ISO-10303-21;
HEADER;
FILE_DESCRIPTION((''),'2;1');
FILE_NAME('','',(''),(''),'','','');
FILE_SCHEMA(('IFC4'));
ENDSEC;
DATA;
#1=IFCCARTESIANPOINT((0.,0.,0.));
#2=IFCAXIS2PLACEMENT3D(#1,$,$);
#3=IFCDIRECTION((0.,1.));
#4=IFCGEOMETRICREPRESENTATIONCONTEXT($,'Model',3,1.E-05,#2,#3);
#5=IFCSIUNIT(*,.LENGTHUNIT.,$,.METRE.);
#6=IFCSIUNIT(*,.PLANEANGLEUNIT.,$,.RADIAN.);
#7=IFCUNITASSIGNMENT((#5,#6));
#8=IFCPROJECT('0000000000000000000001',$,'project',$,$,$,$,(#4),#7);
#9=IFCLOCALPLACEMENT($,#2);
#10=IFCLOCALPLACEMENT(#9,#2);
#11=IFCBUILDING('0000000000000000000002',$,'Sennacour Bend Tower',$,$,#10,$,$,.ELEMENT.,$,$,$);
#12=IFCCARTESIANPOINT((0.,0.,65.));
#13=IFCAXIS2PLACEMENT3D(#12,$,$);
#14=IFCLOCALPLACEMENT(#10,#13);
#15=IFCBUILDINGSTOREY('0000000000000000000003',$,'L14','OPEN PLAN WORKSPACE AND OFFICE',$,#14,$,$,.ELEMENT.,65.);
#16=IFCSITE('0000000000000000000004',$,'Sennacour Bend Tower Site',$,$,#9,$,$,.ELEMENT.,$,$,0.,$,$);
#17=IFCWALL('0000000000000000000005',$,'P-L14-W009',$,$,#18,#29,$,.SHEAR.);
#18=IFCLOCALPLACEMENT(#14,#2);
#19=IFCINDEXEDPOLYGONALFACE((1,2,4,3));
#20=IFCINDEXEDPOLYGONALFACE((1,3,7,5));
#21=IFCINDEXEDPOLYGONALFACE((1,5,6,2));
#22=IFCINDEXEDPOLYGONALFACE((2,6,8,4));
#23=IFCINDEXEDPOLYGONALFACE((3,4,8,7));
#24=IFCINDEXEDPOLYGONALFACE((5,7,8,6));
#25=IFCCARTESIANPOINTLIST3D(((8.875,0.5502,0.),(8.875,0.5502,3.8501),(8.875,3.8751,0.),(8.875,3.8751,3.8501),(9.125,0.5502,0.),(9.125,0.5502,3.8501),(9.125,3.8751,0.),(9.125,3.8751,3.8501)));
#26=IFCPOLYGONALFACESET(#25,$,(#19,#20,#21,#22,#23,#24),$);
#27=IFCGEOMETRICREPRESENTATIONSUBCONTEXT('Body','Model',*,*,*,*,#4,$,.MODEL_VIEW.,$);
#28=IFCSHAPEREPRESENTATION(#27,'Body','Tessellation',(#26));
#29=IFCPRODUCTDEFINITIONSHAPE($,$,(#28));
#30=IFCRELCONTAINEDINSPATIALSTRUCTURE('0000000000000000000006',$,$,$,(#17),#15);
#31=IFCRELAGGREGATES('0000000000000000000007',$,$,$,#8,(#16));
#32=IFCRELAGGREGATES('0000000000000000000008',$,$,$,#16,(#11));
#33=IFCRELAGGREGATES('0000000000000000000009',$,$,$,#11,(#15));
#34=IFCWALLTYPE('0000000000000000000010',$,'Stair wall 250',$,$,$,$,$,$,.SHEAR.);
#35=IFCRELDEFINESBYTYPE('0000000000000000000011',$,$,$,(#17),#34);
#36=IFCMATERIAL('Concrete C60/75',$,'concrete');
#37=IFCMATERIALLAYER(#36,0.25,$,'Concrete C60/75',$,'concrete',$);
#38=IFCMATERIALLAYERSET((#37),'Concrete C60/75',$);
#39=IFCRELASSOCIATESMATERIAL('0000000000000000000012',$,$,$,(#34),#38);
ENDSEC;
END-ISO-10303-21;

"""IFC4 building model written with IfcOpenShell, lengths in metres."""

from ifc_helpers import new_model, si_unit, direction, frame, frame_2d, origin, place, context, subcontext, project, spatial, rectangle, extrude, material, layer, layer_set, type_object, element, save


model = new_model("IFC4")

# Units and contexts
model_context = context("Model", 3, precision=1e-05, world=origin(), true_north=direction((0.0, 1.0)))
body_context = subcontext(model_context, "Body", "Model", "MODEL_VIEW")
ifc_project = project(units=[si_unit("LENGTHUNIT", "METRE"), si_unit("PLANEANGLEUNIT", "RADIAN")], contexts=[model_context])

# Site, building, storey
site_placement = place(None, origin())
site = spatial("IfcSite", under=ifc_project, at=site_placement, Name="Sennacour Bend Tower Site", CompositionType="ELEMENT", RefElevation=0.0)
building_placement = place(site_placement, origin())
building = spatial("IfcBuilding", under=site, at=building_placement, Name="Sennacour Bend Tower", CompositionType="ELEMENT")
storey_placement = place(building_placement, frame((0.0, 0.0, 65.0)))
storey = spatial("IfcBuildingStorey", under=building, at=storey_placement, Name="L14", Description="OPEN PLAN WORKSPACE AND OFFICE", CompositionType="ELEMENT", Elevation=65.0)

# Wall
ifc_material_1 = material(Name="Concrete C60/75", Category="concrete")
ifc_layer_1 = layer(ifc_material_1, 0.25, Name="Concrete C60/75", Category="concrete")
ifc_layer_set_1 = layer_set([ifc_layer_1], Name="Concrete C60/75")
wall_type_1 = type_object("IfcWallType", Name="Stair wall 250", PredefinedType="SHEAR", material=ifc_layer_set_1)
wall_1_placement = place(storey_placement, frame((9.0, 0.55, 0.0), z_axis=(0.0, 0.0, 1.0), x_axis=(0.0, 1.0, 0.0)))
element("IfcWall", 1, at=wall_1_placement, inside=storey, type_object=wall_type_1, Name="P-L14-W009", PredefinedType="SHEAR", context=body_context, shape_type="SweptSolid", body=[
    extrude(rectangle(XDim=3.325, YDim=0.25, at=frame_2d((1.6626, 0.0))), origin(), (0.0, 0.0, 1.0), 3.8501),
])

save(model, "model.ifc")
